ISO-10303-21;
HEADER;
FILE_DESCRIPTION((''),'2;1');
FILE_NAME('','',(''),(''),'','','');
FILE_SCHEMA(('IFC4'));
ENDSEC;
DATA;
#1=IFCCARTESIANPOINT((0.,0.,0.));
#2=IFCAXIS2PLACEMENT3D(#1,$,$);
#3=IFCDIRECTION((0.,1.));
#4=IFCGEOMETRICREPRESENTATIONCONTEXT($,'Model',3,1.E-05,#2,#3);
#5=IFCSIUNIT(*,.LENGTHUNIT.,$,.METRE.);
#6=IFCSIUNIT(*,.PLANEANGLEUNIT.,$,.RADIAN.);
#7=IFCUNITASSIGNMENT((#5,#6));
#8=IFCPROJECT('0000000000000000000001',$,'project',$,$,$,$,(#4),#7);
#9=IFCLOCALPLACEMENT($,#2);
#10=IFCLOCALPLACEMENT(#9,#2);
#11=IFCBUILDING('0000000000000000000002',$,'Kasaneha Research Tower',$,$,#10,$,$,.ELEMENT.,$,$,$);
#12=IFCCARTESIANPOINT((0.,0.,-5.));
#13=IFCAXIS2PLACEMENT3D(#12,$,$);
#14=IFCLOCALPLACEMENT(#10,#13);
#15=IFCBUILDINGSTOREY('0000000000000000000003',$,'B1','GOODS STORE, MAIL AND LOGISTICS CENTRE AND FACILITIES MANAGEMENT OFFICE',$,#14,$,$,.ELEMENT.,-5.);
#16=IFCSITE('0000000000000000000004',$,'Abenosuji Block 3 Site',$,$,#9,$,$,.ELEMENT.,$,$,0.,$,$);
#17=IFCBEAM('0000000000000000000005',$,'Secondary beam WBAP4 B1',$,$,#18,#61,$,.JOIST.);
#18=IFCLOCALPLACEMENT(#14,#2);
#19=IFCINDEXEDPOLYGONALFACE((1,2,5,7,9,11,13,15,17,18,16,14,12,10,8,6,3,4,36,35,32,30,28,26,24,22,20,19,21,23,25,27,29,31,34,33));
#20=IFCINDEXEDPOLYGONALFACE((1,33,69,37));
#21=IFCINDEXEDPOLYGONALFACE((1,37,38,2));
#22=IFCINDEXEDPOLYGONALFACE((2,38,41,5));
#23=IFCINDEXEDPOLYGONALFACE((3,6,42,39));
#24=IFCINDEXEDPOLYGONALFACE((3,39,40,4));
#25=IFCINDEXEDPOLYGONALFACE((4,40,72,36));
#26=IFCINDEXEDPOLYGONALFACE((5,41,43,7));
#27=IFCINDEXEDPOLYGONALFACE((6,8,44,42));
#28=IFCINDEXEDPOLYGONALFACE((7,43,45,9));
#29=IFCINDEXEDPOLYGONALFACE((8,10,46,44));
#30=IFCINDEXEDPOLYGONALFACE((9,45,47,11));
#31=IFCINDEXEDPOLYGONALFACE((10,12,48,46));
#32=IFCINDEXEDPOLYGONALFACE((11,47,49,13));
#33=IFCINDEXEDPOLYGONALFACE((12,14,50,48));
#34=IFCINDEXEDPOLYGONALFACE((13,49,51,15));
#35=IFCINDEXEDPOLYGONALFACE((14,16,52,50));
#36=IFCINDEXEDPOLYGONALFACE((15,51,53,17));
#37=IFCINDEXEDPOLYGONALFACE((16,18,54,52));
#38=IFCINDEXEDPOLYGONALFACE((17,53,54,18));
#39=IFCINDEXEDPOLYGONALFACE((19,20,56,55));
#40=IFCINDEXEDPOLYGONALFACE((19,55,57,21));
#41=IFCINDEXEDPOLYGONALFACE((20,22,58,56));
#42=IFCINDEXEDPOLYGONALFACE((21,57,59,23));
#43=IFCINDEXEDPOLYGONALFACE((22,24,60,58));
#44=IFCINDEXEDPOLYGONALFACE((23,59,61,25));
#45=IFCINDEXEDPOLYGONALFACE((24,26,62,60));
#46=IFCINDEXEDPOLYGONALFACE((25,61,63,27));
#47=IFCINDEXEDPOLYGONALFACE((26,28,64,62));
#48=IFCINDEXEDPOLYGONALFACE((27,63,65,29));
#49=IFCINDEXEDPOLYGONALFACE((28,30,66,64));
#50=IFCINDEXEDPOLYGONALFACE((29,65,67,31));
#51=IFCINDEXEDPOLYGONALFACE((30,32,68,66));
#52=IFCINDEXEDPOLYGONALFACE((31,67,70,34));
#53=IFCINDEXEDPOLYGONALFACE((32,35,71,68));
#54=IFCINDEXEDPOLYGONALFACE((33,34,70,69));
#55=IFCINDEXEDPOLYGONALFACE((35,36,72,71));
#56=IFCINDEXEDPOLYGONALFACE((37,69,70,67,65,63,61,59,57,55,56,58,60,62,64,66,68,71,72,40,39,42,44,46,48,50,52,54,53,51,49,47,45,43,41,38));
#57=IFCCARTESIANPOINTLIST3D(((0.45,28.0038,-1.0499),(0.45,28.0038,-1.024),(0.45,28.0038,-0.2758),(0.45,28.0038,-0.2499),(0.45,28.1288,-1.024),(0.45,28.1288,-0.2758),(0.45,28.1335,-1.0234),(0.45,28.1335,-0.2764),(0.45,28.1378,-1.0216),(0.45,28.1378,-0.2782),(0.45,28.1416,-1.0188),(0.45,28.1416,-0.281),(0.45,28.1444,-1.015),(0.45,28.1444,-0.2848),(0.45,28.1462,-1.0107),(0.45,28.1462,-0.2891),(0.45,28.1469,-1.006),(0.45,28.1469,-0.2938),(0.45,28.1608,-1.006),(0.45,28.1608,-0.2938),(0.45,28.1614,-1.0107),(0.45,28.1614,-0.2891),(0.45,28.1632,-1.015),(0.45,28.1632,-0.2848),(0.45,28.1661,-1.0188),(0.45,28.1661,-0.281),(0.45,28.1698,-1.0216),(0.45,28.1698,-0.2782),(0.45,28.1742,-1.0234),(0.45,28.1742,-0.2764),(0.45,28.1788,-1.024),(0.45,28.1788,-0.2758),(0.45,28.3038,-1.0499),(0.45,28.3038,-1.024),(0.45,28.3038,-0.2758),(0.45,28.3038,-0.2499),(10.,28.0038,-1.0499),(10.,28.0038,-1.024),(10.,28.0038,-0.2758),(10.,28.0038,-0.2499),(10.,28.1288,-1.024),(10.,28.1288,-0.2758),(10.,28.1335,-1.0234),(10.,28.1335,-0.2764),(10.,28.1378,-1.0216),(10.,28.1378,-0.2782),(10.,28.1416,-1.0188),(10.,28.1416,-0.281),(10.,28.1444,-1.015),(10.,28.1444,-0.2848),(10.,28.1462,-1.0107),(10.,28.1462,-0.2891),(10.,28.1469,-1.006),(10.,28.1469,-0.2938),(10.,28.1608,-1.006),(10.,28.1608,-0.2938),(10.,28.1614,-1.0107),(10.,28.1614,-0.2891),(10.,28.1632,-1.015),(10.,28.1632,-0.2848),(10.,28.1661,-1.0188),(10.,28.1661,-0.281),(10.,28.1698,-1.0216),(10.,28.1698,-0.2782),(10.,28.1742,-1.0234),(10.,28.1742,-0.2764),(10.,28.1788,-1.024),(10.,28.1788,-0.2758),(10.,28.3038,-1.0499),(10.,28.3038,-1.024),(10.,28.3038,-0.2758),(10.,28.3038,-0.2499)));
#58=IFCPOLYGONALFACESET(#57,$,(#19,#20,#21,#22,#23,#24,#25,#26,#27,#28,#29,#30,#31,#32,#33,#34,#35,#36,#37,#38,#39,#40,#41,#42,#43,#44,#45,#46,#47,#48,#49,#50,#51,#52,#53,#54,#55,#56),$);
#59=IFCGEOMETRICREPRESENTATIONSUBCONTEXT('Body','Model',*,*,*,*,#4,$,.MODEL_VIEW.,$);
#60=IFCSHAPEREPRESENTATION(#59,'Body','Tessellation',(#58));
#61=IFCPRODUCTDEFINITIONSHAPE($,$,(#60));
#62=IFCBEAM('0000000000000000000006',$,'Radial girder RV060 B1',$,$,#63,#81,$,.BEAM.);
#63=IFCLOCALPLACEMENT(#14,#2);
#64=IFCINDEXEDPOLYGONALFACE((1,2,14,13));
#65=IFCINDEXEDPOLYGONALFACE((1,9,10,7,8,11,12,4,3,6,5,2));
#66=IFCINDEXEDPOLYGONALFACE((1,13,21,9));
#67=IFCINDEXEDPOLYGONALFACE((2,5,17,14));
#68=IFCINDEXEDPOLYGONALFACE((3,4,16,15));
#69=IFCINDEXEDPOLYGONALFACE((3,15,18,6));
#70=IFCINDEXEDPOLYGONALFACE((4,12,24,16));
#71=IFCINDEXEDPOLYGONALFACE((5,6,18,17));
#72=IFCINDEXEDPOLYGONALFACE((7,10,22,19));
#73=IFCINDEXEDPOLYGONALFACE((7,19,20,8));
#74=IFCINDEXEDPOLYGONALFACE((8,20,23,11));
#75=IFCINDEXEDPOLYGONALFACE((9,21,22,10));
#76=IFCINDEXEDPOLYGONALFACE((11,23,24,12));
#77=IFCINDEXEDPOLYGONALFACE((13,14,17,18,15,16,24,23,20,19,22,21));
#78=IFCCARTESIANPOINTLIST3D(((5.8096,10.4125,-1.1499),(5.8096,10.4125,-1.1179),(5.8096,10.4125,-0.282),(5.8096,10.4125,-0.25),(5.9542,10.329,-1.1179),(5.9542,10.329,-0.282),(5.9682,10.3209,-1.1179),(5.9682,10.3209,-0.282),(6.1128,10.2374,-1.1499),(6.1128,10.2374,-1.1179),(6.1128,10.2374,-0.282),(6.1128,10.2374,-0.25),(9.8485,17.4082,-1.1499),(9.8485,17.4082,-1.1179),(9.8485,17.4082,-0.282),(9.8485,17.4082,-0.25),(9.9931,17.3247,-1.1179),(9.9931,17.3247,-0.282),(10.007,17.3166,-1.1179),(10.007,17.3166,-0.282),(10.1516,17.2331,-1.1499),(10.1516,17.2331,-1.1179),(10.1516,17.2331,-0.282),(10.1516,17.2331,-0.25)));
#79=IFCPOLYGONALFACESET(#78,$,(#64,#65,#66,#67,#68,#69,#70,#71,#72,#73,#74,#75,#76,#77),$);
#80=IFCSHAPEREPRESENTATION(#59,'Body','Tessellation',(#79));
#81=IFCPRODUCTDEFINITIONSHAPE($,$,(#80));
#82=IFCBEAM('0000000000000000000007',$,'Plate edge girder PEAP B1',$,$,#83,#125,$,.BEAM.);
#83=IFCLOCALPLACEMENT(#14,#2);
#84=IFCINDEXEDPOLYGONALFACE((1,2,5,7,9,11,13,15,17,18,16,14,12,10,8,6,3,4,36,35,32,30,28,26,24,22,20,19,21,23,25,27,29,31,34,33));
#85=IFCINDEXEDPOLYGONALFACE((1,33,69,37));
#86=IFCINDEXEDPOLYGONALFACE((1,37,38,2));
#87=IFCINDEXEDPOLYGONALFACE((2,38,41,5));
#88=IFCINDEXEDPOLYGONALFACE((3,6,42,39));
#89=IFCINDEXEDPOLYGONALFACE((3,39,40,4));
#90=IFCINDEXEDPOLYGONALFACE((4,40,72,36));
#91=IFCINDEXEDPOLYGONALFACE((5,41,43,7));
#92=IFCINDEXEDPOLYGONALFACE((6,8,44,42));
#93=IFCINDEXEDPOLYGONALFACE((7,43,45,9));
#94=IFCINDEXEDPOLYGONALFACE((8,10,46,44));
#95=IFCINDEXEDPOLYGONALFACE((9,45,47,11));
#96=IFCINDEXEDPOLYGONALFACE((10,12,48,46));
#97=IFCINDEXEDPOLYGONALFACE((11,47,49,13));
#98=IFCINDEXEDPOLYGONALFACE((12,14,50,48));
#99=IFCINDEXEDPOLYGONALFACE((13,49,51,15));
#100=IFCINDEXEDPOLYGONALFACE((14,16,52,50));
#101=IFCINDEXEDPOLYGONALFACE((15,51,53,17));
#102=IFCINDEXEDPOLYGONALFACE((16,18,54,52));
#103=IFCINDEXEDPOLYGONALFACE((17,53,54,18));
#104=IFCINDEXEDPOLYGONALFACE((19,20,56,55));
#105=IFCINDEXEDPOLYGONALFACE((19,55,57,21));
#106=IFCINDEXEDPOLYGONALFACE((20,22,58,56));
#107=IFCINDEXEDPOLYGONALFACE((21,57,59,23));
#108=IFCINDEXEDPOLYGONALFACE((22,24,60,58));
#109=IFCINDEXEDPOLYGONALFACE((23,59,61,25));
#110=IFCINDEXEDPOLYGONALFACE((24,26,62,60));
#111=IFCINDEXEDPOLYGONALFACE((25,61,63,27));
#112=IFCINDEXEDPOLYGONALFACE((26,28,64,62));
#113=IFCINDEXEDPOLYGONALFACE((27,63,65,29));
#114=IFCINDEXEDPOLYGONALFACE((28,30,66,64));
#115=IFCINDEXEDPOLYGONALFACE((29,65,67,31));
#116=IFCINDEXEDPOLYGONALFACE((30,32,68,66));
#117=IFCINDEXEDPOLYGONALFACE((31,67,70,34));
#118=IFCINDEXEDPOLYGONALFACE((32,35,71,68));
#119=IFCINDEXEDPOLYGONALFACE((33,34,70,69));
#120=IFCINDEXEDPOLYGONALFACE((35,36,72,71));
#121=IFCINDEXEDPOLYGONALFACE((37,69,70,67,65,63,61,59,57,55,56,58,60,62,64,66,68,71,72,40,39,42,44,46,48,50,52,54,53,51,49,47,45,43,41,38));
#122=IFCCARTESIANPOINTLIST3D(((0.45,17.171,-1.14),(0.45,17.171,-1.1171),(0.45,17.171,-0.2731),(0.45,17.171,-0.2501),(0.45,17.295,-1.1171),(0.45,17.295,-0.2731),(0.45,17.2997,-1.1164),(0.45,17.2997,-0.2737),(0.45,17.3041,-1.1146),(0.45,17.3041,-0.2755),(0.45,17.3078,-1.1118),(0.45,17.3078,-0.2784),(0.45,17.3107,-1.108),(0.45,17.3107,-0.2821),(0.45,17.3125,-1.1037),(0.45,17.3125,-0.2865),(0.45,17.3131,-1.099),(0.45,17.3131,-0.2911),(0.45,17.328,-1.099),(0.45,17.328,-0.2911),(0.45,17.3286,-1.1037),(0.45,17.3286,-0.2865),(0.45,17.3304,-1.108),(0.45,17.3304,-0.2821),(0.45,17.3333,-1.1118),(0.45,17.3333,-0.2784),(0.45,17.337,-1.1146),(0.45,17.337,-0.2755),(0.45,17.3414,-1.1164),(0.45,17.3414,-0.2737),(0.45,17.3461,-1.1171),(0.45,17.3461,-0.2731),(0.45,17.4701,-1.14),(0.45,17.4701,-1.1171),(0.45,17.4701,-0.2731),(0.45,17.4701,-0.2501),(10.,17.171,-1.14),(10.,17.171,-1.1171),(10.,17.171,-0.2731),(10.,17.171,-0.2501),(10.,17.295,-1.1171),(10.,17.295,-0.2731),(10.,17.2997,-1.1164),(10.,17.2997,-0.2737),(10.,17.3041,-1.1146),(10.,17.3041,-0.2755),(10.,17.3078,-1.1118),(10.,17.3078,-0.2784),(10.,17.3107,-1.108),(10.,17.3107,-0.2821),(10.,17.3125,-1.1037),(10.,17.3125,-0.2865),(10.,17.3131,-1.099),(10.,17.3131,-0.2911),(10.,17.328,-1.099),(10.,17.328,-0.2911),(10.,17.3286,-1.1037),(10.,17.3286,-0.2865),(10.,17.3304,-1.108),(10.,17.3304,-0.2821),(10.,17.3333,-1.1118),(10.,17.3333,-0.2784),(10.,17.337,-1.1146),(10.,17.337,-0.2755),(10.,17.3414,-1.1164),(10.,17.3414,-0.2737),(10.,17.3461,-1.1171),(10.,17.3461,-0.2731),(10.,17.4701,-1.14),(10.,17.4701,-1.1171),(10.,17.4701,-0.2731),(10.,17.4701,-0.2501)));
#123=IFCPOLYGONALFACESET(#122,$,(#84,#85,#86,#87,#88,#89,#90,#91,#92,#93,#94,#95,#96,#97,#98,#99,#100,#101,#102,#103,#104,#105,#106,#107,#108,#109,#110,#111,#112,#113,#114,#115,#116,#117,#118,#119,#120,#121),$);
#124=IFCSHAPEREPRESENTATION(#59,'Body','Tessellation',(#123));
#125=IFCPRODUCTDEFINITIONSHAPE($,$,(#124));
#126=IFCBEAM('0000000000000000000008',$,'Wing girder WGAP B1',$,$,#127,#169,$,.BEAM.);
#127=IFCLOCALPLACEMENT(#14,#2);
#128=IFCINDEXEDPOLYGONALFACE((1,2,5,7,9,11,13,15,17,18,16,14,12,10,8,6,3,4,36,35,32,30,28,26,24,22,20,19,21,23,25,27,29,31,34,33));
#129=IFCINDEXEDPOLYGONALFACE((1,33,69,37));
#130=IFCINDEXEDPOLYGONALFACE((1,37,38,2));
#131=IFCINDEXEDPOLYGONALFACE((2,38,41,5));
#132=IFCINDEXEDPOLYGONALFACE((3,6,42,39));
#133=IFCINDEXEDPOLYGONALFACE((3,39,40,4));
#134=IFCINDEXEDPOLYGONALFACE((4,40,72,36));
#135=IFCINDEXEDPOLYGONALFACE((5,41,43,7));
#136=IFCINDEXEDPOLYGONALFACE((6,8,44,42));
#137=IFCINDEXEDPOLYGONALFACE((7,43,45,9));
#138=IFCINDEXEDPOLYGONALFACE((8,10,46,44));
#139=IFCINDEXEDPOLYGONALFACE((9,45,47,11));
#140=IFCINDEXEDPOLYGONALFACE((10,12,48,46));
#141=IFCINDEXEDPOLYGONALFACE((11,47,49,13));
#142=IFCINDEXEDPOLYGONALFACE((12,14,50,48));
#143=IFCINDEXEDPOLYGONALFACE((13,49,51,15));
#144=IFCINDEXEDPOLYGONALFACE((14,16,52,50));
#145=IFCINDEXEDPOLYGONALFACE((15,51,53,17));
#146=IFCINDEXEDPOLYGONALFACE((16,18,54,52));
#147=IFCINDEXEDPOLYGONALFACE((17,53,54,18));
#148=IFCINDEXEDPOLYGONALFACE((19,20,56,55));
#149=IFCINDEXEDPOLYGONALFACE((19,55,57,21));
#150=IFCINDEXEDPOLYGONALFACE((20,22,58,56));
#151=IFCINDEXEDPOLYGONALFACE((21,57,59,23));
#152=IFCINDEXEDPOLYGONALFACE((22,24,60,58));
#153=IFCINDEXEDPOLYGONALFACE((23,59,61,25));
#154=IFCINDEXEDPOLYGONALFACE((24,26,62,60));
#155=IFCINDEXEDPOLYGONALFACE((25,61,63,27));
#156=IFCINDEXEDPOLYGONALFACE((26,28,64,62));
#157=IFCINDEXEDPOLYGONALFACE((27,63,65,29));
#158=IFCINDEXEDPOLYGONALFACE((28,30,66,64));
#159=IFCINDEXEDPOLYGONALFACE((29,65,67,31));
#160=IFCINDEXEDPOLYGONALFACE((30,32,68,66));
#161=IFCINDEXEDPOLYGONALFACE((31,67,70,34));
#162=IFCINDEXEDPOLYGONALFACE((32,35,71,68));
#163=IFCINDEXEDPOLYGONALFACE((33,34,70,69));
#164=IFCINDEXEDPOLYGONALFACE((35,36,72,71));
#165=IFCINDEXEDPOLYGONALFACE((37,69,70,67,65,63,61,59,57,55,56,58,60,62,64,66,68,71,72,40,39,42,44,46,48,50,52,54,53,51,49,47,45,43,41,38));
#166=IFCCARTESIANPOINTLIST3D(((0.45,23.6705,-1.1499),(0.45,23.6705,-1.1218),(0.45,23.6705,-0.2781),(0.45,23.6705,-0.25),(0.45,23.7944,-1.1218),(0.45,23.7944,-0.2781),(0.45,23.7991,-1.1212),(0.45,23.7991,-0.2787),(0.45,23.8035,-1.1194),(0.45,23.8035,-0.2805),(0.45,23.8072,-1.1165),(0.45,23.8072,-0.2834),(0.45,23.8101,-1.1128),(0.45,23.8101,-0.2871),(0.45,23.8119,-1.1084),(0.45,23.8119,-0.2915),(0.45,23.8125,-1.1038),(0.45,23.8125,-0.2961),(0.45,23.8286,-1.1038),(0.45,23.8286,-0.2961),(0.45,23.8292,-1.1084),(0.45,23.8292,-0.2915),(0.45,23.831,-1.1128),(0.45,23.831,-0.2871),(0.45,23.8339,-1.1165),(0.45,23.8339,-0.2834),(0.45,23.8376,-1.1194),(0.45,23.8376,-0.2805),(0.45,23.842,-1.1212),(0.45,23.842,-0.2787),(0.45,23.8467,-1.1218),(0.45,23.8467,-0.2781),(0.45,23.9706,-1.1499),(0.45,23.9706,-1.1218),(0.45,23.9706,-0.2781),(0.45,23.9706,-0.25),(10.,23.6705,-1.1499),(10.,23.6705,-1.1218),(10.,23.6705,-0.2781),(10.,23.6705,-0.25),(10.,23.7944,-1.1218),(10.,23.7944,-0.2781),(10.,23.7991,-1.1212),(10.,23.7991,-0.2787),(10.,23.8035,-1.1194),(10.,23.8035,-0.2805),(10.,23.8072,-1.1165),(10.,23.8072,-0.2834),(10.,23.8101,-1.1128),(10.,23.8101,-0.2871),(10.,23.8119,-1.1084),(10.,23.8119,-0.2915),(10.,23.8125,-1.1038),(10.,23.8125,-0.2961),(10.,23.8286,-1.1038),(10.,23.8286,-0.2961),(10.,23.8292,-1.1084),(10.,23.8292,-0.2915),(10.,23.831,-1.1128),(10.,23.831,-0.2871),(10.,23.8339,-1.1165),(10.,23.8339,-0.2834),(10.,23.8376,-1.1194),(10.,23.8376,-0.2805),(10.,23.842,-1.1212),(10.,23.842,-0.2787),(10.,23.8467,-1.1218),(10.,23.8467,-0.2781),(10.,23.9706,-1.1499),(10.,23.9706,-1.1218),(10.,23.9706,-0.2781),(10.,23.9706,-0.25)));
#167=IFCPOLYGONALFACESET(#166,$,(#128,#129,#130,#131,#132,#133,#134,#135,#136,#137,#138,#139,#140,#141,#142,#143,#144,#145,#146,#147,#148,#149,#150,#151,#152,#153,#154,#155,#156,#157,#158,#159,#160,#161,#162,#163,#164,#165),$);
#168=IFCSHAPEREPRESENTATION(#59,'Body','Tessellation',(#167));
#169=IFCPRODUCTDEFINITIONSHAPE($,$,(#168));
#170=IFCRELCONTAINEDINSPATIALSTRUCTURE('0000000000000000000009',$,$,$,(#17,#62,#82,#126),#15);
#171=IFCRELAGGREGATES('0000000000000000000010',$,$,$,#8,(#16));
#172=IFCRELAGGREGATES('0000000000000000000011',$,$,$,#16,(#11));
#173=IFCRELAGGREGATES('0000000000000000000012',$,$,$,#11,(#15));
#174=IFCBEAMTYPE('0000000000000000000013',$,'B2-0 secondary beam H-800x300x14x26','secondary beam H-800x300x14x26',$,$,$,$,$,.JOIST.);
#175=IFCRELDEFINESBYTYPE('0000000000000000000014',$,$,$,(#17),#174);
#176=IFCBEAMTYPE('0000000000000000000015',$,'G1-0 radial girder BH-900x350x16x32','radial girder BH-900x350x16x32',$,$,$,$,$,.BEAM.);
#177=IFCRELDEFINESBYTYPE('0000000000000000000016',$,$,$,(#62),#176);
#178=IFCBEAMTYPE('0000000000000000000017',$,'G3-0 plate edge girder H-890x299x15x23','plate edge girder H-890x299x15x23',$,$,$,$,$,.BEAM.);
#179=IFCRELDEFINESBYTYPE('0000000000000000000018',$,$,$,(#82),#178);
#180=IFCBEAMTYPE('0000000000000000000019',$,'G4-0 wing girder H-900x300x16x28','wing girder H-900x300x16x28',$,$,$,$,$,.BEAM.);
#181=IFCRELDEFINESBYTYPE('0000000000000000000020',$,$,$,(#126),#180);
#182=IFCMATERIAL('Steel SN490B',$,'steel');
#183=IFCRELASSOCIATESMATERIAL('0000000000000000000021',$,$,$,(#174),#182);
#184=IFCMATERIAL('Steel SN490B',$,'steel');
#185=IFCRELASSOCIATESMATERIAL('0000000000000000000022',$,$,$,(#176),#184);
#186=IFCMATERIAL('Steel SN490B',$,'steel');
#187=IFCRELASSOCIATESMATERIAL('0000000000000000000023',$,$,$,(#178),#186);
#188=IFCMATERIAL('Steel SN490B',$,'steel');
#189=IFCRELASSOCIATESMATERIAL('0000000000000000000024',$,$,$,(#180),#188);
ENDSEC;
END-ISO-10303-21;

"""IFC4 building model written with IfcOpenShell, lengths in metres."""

from ifc_helpers import new_model, si_unit, direction, frame, origin, origin_2d, place, context, subcontext, project, spatial, i_section, extrude, material, material_profile, profile_set, type_object, element, save


model = new_model("IFC4")

# Units and contexts
model_context = context("Model", 3, precision=1e-05, world=origin(), true_north=direction((0.0, 1.0)))
body_context = subcontext(model_context, "Body", "Model", "MODEL_VIEW")
ifc_project = project(units=[si_unit("LENGTHUNIT", "METRE"), si_unit("PLANEANGLEUNIT", "RADIAN")], contexts=[model_context])

# Site, building, storey
site_placement = place(None, origin())
site = spatial("IfcSite", under=ifc_project, at=site_placement, Name="Abenosuji Block 3 Site", CompositionType="ELEMENT", RefElevation=0.0)
building_placement = place(site_placement, origin())
building = spatial("IfcBuilding", under=site, at=building_placement, Name="Kasaneha Research Tower", CompositionType="ELEMENT")
storey_placement = place(building_placement, frame((0.0, 0.0, -5.0)))
storey = spatial("IfcBuildingStorey", under=building, at=storey_placement, Name="B1", Description="GOODS STORE, MAIL AND LOGISTICS CENTRE AND FACILITIES MANAGEMENT OFFICE", CompositionType="ELEMENT", Elevation=-5.0)

# Beams
ifc_material_1 = material(Name="Steel SN490B", Category="steel")
ifc_material_profile_1 = material_profile(ifc_material_1, i_section(OverallWidth=0.3, OverallDepth=0.8, WebThickness=0.0139, FlangeThickness=0.0259, FilletRadius=0.0181, at=origin_2d()), Name="H-800x300x14x26")
ifc_profile_set_1 = profile_set([ifc_material_profile_1], Name="Steel SN490B")
beam_type_1 = type_object("IfcBeamType", Name="B2-0 secondary beam H-800x300x14x26", Description="secondary beam H-800x300x14x26", PredefinedType="JOIST", material=ifc_profile_set_1)
for number, where, z_axis, x_axis, name in (
    (1, (10.0, 28.1538, -0.6499), (-1.0, 0.0, 0.0), (0.0, -1.0, 0.0), "Secondary beam WBAP4 B1"),
):
    element("IfcBeam", number, at=place(storey_placement, frame(where, z_axis=z_axis, x_axis=x_axis)), inside=storey, type_object=beam_type_1, Name=name, PredefinedType="JOIST", context=body_context, shape_type="SweptSolid", body=[
        extrude(i_section(OverallWidth=0.3, OverallDepth=0.8, WebThickness=0.0139, FlangeThickness=0.0259, FilletRadius=0.0181, at=origin_2d()), origin(), (0.0, 0.0, 1.0), 9.55),
    ])
ifc_material_2 = material(Name="Steel SN490B", Category="steel")
ifc_material_profile_2 = material_profile(ifc_material_2, i_section(OverallWidth=0.3501, OverallDepth=0.8999, WebThickness=0.0161, FlangeThickness=0.032, at=origin_2d()), Name="BH-900x350x16x32")
ifc_profile_set_2 = profile_set([ifc_material_profile_2], Name="Steel SN490B")
beam_type_2 = type_object("IfcBeamType", Name="G1-0 radial girder BH-900x350x16x32", Description="radial girder BH-900x350x16x32", PredefinedType="BEAM", material=ifc_profile_set_2)
beam_1_placement = place(storey_placement, frame((5.9612, 10.325, -0.7), z_axis=(0.499991, 0.866031, 0.0), x_axis=(-0.866031, 0.499991, 0.0)))
element("IfcBeam", 2, at=beam_1_placement, inside=storey, type_object=beam_type_2, Name="Radial girder RV060 B1", PredefinedType="BEAM", context=body_context, shape_type="SweptSolid", body=[
    extrude(i_section(OverallWidth=0.3501, OverallDepth=0.8999, WebThickness=0.0161, FlangeThickness=0.032, at=origin_2d()), origin(), (0.0, 0.0, 1.0), 8.0779),
])
ifc_material_3 = material(Name="Steel SN490B", Category="steel")
ifc_material_profile_3 = material_profile(ifc_material_3, i_section(OverallWidth=0.2991, OverallDepth=0.8899, WebThickness=0.0149, FlangeThickness=0.0229, FilletRadius=0.0181, at=origin_2d()), Name="H-890x299x15x23")
ifc_profile_set_3 = profile_set([ifc_material_profile_3], Name="Steel SN490B")
beam_type_3 = type_object("IfcBeamType", Name="G3-0 plate edge girder H-890x299x15x23", Description="plate edge girder H-890x299x15x23", PredefinedType="BEAM", material=ifc_profile_set_3)
beam_2_placement = place(storey_placement, frame((10.0, 17.3206, -0.6951), z_axis=(-1.0, 0.0, 0.0), x_axis=(0.0, -1.0, 0.0)))
element("IfcBeam", 3, at=beam_2_placement, inside=storey, type_object=beam_type_3, Name="Plate edge girder PEAP B1", PredefinedType="BEAM", context=body_context, shape_type="SweptSolid", body=[
    extrude(i_section(OverallWidth=0.2991, OverallDepth=0.8899, WebThickness=0.0149, FlangeThickness=0.0229, FilletRadius=0.0181, at=origin_2d()), origin(), (0.0, 0.0, 1.0), 9.55),
])
ifc_material_4 = material(Name="Steel SN490B", Category="steel")
ifc_material_profile_4 = material_profile(ifc_material_4, i_section(OverallWidth=0.3, OverallDepth=0.8999, WebThickness=0.0161, FlangeThickness=0.0281, FilletRadius=0.0181, at=origin_2d()), Name="H-900x300x16x28")
ifc_profile_set_4 = profile_set([ifc_material_profile_4], Name="Steel SN490B")
beam_type_4 = type_object("IfcBeamType", Name="G4-0 wing girder H-900x300x16x28", Description="wing girder H-900x300x16x28", PredefinedType="BEAM", material=ifc_profile_set_4)
beam_3_placement = place(storey_placement, frame((10.0, 23.8206, -0.7), z_axis=(-1.0, 0.0, 0.0), x_axis=(0.0, -1.0, 0.0)))
element("IfcBeam", 4, at=beam_3_placement, inside=storey, type_object=beam_type_4, Name="Wing girder WGAP B1", PredefinedType="BEAM", context=body_context, shape_type="SweptSolid", body=[
    extrude(i_section(OverallWidth=0.3, OverallDepth=0.8999, WebThickness=0.0161, FlangeThickness=0.0281, FilletRadius=0.0181, at=origin_2d()), origin(), (0.0, 0.0, 1.0), 9.55),
])

save(model, "model.ifc")
